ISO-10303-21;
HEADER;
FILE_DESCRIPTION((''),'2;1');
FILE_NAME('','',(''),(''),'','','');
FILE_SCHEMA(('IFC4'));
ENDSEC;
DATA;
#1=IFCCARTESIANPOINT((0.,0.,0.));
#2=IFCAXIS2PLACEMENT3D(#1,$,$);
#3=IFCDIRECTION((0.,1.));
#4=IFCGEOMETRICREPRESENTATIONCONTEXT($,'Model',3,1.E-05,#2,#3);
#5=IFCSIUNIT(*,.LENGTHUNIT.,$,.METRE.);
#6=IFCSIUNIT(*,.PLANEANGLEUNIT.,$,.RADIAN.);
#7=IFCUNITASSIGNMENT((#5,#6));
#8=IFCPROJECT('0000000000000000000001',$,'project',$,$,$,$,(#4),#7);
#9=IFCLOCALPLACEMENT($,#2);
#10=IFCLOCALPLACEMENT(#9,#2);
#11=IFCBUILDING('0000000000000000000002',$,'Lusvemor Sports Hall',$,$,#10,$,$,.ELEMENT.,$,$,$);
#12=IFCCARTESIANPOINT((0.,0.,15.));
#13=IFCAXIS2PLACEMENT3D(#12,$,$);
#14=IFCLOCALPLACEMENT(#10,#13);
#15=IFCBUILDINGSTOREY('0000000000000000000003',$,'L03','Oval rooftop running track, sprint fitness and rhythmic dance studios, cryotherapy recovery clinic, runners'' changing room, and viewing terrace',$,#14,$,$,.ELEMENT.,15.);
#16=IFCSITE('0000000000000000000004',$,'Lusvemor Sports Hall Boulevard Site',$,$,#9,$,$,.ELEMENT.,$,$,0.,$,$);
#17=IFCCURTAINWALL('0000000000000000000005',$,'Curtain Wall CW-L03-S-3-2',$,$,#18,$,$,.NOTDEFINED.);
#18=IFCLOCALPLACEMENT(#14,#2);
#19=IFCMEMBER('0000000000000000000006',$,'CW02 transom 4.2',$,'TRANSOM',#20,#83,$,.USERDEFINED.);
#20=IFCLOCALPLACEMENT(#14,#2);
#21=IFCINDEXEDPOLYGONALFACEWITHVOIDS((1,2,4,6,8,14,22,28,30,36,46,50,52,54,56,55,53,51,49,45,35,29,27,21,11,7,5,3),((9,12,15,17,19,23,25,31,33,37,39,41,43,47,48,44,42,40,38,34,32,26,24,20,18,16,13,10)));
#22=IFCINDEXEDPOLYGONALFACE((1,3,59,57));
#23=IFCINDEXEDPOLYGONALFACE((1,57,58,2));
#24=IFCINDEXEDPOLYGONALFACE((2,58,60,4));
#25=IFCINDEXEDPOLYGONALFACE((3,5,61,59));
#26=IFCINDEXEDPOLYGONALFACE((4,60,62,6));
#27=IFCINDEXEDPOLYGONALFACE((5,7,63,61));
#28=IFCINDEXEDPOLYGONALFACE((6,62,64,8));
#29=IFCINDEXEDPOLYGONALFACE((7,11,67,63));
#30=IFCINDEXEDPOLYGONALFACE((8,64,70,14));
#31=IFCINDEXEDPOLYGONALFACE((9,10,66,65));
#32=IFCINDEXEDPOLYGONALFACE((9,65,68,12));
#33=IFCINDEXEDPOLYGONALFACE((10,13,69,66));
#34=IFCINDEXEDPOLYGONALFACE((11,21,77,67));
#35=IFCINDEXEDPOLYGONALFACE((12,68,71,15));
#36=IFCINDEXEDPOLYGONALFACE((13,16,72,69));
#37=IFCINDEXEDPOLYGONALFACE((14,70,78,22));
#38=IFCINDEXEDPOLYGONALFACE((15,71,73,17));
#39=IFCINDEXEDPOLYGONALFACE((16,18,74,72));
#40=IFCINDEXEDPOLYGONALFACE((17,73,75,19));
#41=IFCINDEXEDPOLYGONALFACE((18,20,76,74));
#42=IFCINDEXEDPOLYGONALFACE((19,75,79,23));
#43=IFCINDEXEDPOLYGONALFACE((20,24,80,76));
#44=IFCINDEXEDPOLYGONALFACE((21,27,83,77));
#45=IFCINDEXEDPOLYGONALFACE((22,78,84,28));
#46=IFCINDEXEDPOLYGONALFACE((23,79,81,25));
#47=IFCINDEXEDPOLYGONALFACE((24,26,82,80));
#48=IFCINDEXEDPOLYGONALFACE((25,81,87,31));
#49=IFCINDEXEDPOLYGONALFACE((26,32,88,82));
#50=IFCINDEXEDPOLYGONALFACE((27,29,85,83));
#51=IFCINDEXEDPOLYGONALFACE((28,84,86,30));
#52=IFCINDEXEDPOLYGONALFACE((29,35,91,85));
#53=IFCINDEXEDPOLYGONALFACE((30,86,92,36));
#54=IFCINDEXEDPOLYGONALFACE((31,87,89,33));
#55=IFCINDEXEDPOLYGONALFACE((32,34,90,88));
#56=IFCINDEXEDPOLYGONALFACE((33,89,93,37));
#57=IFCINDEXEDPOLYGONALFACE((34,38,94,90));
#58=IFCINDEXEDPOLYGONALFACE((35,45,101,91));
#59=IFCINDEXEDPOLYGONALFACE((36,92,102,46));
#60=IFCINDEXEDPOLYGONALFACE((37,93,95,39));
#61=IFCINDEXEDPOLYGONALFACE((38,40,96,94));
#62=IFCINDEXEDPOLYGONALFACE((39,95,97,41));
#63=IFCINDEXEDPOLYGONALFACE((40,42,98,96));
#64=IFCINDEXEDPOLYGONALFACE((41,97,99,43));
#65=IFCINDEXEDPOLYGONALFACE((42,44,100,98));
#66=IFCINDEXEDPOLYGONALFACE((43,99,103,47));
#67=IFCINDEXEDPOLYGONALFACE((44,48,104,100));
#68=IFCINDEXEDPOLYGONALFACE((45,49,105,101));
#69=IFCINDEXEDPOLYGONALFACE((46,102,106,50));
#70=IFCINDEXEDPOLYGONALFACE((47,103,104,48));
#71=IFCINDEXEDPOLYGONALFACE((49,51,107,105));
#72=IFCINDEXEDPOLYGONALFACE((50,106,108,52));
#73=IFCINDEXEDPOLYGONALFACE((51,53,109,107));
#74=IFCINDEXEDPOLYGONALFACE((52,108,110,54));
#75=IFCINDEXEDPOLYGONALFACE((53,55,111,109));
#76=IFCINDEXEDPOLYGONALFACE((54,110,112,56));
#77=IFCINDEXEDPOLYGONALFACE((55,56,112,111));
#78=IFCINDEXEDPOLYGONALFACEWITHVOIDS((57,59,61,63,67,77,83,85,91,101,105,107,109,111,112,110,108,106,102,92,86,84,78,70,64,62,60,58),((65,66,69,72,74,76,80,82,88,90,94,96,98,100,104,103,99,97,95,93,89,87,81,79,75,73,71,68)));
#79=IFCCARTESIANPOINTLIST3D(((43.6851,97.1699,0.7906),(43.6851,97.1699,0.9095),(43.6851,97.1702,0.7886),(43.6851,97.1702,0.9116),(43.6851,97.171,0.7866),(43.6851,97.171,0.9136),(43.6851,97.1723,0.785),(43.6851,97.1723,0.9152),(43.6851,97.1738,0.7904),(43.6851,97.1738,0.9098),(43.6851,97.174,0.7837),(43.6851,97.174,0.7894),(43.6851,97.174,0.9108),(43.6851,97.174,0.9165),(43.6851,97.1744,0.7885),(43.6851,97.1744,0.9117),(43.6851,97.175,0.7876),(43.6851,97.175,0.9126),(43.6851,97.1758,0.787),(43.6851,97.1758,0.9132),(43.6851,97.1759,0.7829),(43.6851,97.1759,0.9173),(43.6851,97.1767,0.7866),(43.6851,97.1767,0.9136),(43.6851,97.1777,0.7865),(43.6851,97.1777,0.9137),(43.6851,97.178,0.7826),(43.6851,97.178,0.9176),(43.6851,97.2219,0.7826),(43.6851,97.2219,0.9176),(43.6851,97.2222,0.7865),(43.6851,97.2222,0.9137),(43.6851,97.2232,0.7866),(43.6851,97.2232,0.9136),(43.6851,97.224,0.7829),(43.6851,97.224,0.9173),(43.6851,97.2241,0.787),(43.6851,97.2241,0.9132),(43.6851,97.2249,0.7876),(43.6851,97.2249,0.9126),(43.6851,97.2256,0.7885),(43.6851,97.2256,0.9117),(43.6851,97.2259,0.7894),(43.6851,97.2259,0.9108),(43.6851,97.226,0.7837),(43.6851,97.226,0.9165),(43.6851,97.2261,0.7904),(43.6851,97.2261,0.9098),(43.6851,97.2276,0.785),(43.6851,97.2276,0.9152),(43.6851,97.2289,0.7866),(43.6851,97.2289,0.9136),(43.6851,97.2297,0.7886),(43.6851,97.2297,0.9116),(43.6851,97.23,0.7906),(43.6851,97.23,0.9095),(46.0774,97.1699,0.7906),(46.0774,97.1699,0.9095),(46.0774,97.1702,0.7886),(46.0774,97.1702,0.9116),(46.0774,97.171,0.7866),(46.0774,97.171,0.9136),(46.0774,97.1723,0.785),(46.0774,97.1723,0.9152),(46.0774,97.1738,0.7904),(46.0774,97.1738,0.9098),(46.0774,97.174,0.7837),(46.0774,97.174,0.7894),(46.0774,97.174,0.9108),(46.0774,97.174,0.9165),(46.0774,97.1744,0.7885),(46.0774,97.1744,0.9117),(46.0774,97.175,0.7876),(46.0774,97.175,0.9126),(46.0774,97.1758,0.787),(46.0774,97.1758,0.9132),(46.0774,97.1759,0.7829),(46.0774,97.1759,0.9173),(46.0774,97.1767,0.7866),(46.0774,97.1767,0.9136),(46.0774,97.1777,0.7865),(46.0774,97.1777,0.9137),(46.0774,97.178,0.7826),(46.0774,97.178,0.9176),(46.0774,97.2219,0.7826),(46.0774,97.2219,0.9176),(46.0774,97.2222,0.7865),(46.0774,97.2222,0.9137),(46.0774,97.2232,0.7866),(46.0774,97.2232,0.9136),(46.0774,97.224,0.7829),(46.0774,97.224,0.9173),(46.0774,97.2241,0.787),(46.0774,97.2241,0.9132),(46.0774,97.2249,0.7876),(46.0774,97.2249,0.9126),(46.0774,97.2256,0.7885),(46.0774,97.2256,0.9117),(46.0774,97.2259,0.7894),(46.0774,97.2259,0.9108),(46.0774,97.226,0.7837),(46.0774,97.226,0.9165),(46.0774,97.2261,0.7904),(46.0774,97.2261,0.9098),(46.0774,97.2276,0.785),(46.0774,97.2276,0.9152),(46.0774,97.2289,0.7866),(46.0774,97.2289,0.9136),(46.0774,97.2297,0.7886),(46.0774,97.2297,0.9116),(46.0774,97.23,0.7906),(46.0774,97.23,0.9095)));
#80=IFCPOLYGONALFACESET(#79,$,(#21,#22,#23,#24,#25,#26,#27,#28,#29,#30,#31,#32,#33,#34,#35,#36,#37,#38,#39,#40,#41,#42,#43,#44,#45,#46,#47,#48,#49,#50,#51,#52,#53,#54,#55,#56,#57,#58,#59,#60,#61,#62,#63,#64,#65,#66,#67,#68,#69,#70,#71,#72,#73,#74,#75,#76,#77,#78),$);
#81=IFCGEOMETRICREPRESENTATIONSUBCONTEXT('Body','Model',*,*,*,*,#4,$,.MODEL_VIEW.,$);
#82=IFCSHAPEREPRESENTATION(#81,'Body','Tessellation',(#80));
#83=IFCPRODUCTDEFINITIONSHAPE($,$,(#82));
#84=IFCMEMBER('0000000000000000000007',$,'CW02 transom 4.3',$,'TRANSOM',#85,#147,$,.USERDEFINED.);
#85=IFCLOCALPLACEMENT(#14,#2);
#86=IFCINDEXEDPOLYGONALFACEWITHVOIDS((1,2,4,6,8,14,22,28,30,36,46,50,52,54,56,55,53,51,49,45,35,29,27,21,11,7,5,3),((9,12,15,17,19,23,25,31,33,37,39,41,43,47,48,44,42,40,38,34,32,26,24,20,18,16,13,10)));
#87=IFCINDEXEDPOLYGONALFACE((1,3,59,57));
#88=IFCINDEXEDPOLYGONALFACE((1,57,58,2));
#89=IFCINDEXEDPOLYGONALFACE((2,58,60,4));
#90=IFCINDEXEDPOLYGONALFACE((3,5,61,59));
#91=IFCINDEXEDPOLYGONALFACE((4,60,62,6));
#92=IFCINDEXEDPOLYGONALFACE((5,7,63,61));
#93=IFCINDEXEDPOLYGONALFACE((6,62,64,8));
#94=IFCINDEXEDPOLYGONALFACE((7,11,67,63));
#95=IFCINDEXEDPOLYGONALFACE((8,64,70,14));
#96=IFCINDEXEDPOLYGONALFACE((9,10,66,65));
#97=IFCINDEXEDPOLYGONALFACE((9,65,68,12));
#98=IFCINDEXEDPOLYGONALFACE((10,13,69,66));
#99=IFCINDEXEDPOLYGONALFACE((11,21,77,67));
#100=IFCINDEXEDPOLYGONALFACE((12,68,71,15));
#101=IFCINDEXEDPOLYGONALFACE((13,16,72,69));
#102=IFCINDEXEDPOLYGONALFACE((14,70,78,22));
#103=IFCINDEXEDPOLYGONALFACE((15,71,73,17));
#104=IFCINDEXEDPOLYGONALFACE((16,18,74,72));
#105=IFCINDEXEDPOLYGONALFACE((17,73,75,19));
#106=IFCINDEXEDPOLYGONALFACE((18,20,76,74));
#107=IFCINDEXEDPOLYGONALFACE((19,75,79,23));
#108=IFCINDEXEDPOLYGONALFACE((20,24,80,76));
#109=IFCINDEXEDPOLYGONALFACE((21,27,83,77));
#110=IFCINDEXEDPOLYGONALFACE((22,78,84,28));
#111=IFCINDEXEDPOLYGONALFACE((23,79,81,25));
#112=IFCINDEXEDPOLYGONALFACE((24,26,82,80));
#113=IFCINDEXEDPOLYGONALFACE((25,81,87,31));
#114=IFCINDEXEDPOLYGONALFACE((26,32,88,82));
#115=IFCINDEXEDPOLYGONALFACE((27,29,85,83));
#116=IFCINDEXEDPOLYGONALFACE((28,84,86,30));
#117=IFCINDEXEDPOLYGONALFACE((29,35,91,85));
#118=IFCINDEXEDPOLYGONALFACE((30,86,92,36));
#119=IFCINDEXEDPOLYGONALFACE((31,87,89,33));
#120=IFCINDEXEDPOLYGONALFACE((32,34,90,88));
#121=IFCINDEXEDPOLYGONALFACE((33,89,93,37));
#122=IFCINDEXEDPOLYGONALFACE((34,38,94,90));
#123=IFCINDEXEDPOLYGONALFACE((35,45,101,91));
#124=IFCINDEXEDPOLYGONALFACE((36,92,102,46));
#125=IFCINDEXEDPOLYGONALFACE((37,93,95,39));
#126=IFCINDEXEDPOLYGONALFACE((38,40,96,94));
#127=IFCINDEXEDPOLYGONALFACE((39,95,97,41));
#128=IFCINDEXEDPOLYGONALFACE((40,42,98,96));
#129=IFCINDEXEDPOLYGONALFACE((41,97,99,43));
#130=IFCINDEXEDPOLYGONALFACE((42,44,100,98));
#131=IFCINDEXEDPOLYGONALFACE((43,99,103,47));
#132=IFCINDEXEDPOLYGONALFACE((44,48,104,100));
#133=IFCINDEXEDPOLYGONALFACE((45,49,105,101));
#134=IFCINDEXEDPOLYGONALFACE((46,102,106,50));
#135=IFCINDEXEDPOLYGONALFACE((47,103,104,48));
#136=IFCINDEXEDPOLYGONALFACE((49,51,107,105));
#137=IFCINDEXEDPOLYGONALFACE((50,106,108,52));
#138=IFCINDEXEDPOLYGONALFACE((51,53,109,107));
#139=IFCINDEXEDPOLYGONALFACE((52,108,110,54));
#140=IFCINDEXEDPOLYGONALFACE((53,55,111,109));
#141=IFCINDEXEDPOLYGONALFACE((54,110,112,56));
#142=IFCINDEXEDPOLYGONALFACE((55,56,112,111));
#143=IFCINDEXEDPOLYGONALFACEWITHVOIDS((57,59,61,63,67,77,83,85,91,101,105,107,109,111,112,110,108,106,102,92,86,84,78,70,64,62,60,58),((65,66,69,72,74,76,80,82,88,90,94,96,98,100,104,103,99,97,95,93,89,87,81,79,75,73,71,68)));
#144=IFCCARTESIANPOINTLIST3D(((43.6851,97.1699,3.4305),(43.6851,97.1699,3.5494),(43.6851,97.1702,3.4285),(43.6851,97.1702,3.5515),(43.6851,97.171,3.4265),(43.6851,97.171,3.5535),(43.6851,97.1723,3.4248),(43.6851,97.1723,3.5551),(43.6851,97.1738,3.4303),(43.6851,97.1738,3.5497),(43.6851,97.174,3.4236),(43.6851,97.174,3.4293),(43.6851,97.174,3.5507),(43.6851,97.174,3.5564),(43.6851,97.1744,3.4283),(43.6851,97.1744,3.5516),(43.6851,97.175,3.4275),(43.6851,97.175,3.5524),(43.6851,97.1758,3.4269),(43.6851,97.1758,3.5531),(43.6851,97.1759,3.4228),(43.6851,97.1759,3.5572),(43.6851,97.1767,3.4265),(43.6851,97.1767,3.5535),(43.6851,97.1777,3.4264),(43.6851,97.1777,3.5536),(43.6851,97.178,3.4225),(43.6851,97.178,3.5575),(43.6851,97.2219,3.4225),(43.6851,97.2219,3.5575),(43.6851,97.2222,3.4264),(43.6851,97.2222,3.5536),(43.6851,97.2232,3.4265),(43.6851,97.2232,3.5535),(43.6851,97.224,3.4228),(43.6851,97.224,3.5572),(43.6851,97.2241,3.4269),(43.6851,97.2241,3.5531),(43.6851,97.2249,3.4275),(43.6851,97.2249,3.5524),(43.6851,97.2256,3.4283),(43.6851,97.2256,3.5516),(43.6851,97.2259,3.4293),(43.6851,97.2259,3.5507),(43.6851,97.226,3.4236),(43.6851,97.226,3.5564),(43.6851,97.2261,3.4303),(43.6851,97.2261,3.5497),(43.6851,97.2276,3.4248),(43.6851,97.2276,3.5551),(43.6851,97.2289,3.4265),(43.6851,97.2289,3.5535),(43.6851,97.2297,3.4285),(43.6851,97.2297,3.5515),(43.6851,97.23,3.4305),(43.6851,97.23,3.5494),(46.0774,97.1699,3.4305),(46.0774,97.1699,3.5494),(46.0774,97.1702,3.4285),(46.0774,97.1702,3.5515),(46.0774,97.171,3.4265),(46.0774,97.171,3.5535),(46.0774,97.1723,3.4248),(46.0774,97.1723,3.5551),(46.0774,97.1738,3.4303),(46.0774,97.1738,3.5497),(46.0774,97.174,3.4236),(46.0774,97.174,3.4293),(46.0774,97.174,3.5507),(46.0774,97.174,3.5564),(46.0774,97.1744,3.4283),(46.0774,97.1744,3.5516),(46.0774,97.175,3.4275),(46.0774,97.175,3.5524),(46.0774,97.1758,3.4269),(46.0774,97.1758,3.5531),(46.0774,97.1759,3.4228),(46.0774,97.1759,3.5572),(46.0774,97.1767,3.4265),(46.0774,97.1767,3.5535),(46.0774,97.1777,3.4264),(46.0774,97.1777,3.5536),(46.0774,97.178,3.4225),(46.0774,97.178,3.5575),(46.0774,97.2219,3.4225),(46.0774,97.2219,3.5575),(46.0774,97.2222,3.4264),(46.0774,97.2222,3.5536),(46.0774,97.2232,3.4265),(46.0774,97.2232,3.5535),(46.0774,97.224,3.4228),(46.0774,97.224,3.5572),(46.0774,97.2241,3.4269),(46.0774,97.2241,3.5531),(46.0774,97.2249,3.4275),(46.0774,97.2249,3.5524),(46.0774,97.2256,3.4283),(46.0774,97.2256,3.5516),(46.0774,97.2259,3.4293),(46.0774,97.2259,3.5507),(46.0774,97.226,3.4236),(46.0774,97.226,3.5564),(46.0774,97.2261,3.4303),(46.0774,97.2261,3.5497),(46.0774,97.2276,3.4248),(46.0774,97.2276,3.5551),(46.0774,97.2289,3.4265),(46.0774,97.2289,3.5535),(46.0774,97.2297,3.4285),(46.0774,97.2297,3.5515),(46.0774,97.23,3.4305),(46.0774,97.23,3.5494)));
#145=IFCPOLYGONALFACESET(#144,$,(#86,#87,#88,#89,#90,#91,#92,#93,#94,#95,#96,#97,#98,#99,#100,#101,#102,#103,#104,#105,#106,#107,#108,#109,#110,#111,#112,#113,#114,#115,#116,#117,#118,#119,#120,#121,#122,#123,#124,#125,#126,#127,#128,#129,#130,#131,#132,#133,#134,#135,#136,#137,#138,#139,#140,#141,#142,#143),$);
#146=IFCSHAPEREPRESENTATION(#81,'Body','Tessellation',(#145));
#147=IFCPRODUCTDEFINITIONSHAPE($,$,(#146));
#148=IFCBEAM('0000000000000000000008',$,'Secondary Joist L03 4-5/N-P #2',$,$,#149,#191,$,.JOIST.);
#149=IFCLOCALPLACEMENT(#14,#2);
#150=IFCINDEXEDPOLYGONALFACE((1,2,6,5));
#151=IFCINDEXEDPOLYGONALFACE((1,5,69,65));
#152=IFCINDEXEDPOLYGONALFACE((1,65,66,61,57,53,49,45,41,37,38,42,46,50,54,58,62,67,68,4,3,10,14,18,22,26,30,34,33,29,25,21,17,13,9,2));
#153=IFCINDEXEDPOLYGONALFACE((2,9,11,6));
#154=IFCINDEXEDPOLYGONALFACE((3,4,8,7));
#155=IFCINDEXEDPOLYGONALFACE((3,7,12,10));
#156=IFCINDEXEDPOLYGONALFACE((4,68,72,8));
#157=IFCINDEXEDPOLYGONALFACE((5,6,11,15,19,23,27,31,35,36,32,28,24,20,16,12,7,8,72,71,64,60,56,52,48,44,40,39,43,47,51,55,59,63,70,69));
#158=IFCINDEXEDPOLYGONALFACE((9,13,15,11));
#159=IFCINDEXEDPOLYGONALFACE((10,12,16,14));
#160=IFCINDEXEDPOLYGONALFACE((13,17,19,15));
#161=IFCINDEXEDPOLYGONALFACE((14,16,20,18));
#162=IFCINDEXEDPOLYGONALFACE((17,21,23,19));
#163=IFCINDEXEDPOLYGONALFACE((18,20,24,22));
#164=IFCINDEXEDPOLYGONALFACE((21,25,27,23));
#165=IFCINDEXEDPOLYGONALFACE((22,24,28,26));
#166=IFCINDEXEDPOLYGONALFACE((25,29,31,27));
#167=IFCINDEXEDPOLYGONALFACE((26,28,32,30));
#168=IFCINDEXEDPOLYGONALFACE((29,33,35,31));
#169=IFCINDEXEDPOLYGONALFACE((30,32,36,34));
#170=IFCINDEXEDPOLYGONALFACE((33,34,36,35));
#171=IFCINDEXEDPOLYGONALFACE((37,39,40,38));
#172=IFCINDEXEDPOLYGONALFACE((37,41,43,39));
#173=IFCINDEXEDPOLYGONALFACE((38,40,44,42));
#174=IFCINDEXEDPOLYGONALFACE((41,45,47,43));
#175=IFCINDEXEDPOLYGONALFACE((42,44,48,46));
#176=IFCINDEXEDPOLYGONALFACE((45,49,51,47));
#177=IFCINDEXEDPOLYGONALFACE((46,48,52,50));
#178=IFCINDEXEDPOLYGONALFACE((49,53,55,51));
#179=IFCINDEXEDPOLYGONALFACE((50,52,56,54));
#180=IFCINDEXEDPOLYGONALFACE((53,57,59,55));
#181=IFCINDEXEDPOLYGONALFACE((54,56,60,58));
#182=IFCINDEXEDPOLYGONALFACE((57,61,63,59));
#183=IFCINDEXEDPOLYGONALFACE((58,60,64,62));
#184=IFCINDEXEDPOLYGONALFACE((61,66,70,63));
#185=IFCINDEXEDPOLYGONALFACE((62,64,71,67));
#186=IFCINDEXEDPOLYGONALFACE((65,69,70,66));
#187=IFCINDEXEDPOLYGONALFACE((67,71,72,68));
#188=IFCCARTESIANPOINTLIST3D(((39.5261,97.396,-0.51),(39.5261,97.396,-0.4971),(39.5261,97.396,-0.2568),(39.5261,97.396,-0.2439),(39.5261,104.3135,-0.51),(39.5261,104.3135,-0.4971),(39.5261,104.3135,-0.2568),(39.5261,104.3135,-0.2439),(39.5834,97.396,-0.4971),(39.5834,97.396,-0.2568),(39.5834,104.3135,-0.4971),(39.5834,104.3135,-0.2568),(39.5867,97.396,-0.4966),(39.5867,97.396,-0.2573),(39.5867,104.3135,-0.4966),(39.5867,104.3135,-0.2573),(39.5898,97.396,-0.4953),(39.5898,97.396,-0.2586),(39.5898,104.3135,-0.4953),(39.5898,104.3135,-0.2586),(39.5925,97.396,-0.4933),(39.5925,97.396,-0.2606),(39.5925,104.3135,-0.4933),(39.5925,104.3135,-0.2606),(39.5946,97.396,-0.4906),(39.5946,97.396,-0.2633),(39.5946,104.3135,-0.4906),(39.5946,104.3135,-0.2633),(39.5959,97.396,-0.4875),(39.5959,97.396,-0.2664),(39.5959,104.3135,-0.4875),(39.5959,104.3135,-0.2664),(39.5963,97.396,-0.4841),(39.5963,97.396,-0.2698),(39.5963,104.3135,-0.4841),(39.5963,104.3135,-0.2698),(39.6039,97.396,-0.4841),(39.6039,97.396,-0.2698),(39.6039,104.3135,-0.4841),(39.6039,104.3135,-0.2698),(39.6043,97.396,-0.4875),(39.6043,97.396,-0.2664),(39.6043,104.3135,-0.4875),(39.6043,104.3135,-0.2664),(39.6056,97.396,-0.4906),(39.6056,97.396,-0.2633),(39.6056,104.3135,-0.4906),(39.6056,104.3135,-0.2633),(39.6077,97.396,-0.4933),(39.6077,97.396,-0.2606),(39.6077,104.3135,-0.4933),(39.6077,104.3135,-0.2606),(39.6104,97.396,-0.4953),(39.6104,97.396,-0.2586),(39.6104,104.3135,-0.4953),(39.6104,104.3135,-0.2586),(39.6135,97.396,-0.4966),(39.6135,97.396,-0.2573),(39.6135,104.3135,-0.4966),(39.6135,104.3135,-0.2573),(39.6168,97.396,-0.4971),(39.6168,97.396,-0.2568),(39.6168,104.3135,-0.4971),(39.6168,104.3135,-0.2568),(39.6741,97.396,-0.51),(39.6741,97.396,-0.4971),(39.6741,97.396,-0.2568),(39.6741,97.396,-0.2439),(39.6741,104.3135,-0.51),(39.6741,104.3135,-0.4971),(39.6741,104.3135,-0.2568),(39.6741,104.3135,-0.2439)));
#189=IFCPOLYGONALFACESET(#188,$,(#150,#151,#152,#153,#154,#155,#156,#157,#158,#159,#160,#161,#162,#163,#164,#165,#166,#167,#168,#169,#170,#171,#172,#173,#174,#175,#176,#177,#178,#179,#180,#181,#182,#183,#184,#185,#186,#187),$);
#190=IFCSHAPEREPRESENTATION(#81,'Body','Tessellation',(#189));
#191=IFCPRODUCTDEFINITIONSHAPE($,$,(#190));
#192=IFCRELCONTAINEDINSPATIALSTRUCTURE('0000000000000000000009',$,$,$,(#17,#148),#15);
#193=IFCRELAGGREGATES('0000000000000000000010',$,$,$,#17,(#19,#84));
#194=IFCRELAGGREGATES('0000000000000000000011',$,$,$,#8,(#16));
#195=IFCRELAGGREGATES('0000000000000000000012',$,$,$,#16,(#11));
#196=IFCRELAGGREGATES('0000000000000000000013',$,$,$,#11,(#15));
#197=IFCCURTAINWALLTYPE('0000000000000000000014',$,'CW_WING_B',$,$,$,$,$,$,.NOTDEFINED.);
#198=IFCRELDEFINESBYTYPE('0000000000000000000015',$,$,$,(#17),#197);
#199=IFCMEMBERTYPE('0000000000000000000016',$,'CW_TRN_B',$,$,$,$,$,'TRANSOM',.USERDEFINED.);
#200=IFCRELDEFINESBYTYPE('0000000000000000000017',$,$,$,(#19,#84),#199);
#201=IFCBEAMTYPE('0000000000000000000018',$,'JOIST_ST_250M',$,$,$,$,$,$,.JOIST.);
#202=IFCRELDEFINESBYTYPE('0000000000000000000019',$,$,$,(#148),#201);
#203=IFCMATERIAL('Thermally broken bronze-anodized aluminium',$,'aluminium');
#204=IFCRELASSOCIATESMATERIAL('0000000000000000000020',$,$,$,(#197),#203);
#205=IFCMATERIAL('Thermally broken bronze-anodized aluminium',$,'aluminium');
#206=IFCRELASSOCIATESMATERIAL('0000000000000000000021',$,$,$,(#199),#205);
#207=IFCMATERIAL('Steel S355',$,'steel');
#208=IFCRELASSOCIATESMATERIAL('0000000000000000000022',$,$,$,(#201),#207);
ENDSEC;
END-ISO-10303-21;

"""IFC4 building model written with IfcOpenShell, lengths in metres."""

from ifc_helpers import new_model, si_unit, direction, frame, origin, origin_2d, place, context, subcontext, project, spatial, hollow_rectangle, i_section, extrude, material, material_profile, profile_set, type_object, element, aggregate, save


model = new_model("IFC4")

# Units and contexts
model_context = context("Model", 3, precision=1e-05, world=origin(), true_north=direction((0.0, 1.0)))
body_context = subcontext(model_context, "Body", "Model", "MODEL_VIEW")
ifc_project = project(units=[si_unit("LENGTHUNIT", "METRE"), si_unit("PLANEANGLEUNIT", "RADIAN")], contexts=[model_context])

# Site, building, storey
site_placement = place(None, origin())
site = spatial("IfcSite", under=ifc_project, at=site_placement, Name="Lusvemor Sports Hall Boulevard Site", CompositionType="ELEMENT", RefElevation=0.0)
building_placement = place(site_placement, origin())
building = spatial("IfcBuilding", under=site, at=building_placement, Name="Lusvemor Sports Hall", CompositionType="ELEMENT")
storey_placement = place(building_placement, frame((0.0, 0.0, 15.0)))
storey = spatial("IfcBuildingStorey", under=building, at=storey_placement, Name="L03", Description="Oval rooftop running track, sprint fitness and rhythmic dance studios, cryotherapy recovery clinic, runners' changing room, and viewing terrace", CompositionType="ELEMENT", Elevation=15.0)

# Curtain wall
ifc_material_1 = material(Name="Thermally broken bronze-anodized aluminium", Category="aluminium")
curtain_wall_type = type_object("IfcCurtainWallType", Name="CW_WING_B", PredefinedType="NOTDEFINED", material=ifc_material_1)
curtain_wall_1_placement = place(storey_placement, origin())
curtain_wall_1 = element("IfcCurtainWall", 1, at=curtain_wall_1_placement, inside=storey, type_object=curtain_wall_type, Name="Curtain Wall CW-L03-S-3-2", PredefinedType="NOTDEFINED")

# Members
ifc_material_2 = material(Name="Thermally broken bronze-anodized aluminium", Category="aluminium")
ifc_material_profile_1 = material_profile(ifc_material_2, hollow_rectangle(XDim=0.0601, YDim=0.135, WallThickness=0.0039, InnerFilletRadius=0.0039, OuterFilletRadius=0.0081, at=origin_2d()), Name="CWTRN135x60x4")
ifc_profile_set_1 = profile_set([ifc_material_profile_1], Name="Thermally broken bronze-anodized aluminium")
member_type_1 = type_object("IfcMemberType", Name="CW_TRN_B", ElementType="TRANSOM", PredefinedType="USERDEFINED", material=ifc_profile_set_1)
member_1_placement = place(storey_placement, frame((46.0774, 97.2, 0.8501), z_axis=(-1.0, 0.0, 0.0), x_axis=(0.0, -1.0, 0.0)))
member_1 = element("IfcMember", 2, at=member_1_placement, type_object=member_type_1, Name="CW02 transom 4.2", ObjectType="TRANSOM", PredefinedType="USERDEFINED", context=body_context, shape_type="SweptSolid", body=[
    extrude(hollow_rectangle(XDim=0.0601, YDim=0.135, WallThickness=0.0039, InnerFilletRadius=0.0039, OuterFilletRadius=0.0081, at=origin_2d()), origin(), (0.0, 0.0, 1.0), 2.3923),
])
member_2_placement = place(storey_placement, frame((46.0774, 97.2, 3.49), z_axis=(-1.0, 0.0, 0.0), x_axis=(0.0, -1.0, 0.0)))
member_2 = element("IfcMember", 3, at=member_2_placement, type_object=member_type_1, Name="CW02 transom 4.3", ObjectType="TRANSOM", PredefinedType="USERDEFINED", context=body_context, shape_type="SweptSolid", body=[
    extrude(hollow_rectangle(XDim=0.0601, YDim=0.135, WallThickness=0.0039, InnerFilletRadius=0.0039, OuterFilletRadius=0.0081, at=origin_2d()), origin(), (0.0, 0.0, 1.0), 2.3923),
])

# Beam
ifc_material_3 = material(Name="Steel S355", Category="steel")
ifc_material_profile_2 = material_profile(ifc_material_3, i_section(OverallWidth=0.1479, OverallDepth=0.2661, WebThickness=0.0076, FlangeThickness=0.0129, FilletRadius=0.0129, at=origin_2d()), Name="W250x44.8")
ifc_profile_set_2 = profile_set([ifc_material_profile_2], Name="Steel S355")
beam_type_1 = type_object("IfcBeamType", Name="JOIST_ST_250M", PredefinedType="JOIST", material=ifc_profile_set_2)
beam_1_placement = place(storey_placement, frame((39.6001, 97.396, -0.377), z_axis=(0.0, 1.0, 0.0), x_axis=(-1.0, 0.0, 0.0)))
element("IfcBeam", 4, at=beam_1_placement, inside=storey, type_object=beam_type_1, Name="Secondary Joist L03 4-5/N-P #2", PredefinedType="JOIST", context=body_context, shape_type="SweptSolid", body=[
    extrude(i_section(OverallWidth=0.1479, OverallDepth=0.2661, WebThickness=0.0076, FlangeThickness=0.0129, FilletRadius=0.0129, at=origin_2d()), origin(), (0.0, 0.0, 1.0), 6.9175),
])

aggregate(curtain_wall_1, [member_1, member_2])

save(model, "model.ifc")
